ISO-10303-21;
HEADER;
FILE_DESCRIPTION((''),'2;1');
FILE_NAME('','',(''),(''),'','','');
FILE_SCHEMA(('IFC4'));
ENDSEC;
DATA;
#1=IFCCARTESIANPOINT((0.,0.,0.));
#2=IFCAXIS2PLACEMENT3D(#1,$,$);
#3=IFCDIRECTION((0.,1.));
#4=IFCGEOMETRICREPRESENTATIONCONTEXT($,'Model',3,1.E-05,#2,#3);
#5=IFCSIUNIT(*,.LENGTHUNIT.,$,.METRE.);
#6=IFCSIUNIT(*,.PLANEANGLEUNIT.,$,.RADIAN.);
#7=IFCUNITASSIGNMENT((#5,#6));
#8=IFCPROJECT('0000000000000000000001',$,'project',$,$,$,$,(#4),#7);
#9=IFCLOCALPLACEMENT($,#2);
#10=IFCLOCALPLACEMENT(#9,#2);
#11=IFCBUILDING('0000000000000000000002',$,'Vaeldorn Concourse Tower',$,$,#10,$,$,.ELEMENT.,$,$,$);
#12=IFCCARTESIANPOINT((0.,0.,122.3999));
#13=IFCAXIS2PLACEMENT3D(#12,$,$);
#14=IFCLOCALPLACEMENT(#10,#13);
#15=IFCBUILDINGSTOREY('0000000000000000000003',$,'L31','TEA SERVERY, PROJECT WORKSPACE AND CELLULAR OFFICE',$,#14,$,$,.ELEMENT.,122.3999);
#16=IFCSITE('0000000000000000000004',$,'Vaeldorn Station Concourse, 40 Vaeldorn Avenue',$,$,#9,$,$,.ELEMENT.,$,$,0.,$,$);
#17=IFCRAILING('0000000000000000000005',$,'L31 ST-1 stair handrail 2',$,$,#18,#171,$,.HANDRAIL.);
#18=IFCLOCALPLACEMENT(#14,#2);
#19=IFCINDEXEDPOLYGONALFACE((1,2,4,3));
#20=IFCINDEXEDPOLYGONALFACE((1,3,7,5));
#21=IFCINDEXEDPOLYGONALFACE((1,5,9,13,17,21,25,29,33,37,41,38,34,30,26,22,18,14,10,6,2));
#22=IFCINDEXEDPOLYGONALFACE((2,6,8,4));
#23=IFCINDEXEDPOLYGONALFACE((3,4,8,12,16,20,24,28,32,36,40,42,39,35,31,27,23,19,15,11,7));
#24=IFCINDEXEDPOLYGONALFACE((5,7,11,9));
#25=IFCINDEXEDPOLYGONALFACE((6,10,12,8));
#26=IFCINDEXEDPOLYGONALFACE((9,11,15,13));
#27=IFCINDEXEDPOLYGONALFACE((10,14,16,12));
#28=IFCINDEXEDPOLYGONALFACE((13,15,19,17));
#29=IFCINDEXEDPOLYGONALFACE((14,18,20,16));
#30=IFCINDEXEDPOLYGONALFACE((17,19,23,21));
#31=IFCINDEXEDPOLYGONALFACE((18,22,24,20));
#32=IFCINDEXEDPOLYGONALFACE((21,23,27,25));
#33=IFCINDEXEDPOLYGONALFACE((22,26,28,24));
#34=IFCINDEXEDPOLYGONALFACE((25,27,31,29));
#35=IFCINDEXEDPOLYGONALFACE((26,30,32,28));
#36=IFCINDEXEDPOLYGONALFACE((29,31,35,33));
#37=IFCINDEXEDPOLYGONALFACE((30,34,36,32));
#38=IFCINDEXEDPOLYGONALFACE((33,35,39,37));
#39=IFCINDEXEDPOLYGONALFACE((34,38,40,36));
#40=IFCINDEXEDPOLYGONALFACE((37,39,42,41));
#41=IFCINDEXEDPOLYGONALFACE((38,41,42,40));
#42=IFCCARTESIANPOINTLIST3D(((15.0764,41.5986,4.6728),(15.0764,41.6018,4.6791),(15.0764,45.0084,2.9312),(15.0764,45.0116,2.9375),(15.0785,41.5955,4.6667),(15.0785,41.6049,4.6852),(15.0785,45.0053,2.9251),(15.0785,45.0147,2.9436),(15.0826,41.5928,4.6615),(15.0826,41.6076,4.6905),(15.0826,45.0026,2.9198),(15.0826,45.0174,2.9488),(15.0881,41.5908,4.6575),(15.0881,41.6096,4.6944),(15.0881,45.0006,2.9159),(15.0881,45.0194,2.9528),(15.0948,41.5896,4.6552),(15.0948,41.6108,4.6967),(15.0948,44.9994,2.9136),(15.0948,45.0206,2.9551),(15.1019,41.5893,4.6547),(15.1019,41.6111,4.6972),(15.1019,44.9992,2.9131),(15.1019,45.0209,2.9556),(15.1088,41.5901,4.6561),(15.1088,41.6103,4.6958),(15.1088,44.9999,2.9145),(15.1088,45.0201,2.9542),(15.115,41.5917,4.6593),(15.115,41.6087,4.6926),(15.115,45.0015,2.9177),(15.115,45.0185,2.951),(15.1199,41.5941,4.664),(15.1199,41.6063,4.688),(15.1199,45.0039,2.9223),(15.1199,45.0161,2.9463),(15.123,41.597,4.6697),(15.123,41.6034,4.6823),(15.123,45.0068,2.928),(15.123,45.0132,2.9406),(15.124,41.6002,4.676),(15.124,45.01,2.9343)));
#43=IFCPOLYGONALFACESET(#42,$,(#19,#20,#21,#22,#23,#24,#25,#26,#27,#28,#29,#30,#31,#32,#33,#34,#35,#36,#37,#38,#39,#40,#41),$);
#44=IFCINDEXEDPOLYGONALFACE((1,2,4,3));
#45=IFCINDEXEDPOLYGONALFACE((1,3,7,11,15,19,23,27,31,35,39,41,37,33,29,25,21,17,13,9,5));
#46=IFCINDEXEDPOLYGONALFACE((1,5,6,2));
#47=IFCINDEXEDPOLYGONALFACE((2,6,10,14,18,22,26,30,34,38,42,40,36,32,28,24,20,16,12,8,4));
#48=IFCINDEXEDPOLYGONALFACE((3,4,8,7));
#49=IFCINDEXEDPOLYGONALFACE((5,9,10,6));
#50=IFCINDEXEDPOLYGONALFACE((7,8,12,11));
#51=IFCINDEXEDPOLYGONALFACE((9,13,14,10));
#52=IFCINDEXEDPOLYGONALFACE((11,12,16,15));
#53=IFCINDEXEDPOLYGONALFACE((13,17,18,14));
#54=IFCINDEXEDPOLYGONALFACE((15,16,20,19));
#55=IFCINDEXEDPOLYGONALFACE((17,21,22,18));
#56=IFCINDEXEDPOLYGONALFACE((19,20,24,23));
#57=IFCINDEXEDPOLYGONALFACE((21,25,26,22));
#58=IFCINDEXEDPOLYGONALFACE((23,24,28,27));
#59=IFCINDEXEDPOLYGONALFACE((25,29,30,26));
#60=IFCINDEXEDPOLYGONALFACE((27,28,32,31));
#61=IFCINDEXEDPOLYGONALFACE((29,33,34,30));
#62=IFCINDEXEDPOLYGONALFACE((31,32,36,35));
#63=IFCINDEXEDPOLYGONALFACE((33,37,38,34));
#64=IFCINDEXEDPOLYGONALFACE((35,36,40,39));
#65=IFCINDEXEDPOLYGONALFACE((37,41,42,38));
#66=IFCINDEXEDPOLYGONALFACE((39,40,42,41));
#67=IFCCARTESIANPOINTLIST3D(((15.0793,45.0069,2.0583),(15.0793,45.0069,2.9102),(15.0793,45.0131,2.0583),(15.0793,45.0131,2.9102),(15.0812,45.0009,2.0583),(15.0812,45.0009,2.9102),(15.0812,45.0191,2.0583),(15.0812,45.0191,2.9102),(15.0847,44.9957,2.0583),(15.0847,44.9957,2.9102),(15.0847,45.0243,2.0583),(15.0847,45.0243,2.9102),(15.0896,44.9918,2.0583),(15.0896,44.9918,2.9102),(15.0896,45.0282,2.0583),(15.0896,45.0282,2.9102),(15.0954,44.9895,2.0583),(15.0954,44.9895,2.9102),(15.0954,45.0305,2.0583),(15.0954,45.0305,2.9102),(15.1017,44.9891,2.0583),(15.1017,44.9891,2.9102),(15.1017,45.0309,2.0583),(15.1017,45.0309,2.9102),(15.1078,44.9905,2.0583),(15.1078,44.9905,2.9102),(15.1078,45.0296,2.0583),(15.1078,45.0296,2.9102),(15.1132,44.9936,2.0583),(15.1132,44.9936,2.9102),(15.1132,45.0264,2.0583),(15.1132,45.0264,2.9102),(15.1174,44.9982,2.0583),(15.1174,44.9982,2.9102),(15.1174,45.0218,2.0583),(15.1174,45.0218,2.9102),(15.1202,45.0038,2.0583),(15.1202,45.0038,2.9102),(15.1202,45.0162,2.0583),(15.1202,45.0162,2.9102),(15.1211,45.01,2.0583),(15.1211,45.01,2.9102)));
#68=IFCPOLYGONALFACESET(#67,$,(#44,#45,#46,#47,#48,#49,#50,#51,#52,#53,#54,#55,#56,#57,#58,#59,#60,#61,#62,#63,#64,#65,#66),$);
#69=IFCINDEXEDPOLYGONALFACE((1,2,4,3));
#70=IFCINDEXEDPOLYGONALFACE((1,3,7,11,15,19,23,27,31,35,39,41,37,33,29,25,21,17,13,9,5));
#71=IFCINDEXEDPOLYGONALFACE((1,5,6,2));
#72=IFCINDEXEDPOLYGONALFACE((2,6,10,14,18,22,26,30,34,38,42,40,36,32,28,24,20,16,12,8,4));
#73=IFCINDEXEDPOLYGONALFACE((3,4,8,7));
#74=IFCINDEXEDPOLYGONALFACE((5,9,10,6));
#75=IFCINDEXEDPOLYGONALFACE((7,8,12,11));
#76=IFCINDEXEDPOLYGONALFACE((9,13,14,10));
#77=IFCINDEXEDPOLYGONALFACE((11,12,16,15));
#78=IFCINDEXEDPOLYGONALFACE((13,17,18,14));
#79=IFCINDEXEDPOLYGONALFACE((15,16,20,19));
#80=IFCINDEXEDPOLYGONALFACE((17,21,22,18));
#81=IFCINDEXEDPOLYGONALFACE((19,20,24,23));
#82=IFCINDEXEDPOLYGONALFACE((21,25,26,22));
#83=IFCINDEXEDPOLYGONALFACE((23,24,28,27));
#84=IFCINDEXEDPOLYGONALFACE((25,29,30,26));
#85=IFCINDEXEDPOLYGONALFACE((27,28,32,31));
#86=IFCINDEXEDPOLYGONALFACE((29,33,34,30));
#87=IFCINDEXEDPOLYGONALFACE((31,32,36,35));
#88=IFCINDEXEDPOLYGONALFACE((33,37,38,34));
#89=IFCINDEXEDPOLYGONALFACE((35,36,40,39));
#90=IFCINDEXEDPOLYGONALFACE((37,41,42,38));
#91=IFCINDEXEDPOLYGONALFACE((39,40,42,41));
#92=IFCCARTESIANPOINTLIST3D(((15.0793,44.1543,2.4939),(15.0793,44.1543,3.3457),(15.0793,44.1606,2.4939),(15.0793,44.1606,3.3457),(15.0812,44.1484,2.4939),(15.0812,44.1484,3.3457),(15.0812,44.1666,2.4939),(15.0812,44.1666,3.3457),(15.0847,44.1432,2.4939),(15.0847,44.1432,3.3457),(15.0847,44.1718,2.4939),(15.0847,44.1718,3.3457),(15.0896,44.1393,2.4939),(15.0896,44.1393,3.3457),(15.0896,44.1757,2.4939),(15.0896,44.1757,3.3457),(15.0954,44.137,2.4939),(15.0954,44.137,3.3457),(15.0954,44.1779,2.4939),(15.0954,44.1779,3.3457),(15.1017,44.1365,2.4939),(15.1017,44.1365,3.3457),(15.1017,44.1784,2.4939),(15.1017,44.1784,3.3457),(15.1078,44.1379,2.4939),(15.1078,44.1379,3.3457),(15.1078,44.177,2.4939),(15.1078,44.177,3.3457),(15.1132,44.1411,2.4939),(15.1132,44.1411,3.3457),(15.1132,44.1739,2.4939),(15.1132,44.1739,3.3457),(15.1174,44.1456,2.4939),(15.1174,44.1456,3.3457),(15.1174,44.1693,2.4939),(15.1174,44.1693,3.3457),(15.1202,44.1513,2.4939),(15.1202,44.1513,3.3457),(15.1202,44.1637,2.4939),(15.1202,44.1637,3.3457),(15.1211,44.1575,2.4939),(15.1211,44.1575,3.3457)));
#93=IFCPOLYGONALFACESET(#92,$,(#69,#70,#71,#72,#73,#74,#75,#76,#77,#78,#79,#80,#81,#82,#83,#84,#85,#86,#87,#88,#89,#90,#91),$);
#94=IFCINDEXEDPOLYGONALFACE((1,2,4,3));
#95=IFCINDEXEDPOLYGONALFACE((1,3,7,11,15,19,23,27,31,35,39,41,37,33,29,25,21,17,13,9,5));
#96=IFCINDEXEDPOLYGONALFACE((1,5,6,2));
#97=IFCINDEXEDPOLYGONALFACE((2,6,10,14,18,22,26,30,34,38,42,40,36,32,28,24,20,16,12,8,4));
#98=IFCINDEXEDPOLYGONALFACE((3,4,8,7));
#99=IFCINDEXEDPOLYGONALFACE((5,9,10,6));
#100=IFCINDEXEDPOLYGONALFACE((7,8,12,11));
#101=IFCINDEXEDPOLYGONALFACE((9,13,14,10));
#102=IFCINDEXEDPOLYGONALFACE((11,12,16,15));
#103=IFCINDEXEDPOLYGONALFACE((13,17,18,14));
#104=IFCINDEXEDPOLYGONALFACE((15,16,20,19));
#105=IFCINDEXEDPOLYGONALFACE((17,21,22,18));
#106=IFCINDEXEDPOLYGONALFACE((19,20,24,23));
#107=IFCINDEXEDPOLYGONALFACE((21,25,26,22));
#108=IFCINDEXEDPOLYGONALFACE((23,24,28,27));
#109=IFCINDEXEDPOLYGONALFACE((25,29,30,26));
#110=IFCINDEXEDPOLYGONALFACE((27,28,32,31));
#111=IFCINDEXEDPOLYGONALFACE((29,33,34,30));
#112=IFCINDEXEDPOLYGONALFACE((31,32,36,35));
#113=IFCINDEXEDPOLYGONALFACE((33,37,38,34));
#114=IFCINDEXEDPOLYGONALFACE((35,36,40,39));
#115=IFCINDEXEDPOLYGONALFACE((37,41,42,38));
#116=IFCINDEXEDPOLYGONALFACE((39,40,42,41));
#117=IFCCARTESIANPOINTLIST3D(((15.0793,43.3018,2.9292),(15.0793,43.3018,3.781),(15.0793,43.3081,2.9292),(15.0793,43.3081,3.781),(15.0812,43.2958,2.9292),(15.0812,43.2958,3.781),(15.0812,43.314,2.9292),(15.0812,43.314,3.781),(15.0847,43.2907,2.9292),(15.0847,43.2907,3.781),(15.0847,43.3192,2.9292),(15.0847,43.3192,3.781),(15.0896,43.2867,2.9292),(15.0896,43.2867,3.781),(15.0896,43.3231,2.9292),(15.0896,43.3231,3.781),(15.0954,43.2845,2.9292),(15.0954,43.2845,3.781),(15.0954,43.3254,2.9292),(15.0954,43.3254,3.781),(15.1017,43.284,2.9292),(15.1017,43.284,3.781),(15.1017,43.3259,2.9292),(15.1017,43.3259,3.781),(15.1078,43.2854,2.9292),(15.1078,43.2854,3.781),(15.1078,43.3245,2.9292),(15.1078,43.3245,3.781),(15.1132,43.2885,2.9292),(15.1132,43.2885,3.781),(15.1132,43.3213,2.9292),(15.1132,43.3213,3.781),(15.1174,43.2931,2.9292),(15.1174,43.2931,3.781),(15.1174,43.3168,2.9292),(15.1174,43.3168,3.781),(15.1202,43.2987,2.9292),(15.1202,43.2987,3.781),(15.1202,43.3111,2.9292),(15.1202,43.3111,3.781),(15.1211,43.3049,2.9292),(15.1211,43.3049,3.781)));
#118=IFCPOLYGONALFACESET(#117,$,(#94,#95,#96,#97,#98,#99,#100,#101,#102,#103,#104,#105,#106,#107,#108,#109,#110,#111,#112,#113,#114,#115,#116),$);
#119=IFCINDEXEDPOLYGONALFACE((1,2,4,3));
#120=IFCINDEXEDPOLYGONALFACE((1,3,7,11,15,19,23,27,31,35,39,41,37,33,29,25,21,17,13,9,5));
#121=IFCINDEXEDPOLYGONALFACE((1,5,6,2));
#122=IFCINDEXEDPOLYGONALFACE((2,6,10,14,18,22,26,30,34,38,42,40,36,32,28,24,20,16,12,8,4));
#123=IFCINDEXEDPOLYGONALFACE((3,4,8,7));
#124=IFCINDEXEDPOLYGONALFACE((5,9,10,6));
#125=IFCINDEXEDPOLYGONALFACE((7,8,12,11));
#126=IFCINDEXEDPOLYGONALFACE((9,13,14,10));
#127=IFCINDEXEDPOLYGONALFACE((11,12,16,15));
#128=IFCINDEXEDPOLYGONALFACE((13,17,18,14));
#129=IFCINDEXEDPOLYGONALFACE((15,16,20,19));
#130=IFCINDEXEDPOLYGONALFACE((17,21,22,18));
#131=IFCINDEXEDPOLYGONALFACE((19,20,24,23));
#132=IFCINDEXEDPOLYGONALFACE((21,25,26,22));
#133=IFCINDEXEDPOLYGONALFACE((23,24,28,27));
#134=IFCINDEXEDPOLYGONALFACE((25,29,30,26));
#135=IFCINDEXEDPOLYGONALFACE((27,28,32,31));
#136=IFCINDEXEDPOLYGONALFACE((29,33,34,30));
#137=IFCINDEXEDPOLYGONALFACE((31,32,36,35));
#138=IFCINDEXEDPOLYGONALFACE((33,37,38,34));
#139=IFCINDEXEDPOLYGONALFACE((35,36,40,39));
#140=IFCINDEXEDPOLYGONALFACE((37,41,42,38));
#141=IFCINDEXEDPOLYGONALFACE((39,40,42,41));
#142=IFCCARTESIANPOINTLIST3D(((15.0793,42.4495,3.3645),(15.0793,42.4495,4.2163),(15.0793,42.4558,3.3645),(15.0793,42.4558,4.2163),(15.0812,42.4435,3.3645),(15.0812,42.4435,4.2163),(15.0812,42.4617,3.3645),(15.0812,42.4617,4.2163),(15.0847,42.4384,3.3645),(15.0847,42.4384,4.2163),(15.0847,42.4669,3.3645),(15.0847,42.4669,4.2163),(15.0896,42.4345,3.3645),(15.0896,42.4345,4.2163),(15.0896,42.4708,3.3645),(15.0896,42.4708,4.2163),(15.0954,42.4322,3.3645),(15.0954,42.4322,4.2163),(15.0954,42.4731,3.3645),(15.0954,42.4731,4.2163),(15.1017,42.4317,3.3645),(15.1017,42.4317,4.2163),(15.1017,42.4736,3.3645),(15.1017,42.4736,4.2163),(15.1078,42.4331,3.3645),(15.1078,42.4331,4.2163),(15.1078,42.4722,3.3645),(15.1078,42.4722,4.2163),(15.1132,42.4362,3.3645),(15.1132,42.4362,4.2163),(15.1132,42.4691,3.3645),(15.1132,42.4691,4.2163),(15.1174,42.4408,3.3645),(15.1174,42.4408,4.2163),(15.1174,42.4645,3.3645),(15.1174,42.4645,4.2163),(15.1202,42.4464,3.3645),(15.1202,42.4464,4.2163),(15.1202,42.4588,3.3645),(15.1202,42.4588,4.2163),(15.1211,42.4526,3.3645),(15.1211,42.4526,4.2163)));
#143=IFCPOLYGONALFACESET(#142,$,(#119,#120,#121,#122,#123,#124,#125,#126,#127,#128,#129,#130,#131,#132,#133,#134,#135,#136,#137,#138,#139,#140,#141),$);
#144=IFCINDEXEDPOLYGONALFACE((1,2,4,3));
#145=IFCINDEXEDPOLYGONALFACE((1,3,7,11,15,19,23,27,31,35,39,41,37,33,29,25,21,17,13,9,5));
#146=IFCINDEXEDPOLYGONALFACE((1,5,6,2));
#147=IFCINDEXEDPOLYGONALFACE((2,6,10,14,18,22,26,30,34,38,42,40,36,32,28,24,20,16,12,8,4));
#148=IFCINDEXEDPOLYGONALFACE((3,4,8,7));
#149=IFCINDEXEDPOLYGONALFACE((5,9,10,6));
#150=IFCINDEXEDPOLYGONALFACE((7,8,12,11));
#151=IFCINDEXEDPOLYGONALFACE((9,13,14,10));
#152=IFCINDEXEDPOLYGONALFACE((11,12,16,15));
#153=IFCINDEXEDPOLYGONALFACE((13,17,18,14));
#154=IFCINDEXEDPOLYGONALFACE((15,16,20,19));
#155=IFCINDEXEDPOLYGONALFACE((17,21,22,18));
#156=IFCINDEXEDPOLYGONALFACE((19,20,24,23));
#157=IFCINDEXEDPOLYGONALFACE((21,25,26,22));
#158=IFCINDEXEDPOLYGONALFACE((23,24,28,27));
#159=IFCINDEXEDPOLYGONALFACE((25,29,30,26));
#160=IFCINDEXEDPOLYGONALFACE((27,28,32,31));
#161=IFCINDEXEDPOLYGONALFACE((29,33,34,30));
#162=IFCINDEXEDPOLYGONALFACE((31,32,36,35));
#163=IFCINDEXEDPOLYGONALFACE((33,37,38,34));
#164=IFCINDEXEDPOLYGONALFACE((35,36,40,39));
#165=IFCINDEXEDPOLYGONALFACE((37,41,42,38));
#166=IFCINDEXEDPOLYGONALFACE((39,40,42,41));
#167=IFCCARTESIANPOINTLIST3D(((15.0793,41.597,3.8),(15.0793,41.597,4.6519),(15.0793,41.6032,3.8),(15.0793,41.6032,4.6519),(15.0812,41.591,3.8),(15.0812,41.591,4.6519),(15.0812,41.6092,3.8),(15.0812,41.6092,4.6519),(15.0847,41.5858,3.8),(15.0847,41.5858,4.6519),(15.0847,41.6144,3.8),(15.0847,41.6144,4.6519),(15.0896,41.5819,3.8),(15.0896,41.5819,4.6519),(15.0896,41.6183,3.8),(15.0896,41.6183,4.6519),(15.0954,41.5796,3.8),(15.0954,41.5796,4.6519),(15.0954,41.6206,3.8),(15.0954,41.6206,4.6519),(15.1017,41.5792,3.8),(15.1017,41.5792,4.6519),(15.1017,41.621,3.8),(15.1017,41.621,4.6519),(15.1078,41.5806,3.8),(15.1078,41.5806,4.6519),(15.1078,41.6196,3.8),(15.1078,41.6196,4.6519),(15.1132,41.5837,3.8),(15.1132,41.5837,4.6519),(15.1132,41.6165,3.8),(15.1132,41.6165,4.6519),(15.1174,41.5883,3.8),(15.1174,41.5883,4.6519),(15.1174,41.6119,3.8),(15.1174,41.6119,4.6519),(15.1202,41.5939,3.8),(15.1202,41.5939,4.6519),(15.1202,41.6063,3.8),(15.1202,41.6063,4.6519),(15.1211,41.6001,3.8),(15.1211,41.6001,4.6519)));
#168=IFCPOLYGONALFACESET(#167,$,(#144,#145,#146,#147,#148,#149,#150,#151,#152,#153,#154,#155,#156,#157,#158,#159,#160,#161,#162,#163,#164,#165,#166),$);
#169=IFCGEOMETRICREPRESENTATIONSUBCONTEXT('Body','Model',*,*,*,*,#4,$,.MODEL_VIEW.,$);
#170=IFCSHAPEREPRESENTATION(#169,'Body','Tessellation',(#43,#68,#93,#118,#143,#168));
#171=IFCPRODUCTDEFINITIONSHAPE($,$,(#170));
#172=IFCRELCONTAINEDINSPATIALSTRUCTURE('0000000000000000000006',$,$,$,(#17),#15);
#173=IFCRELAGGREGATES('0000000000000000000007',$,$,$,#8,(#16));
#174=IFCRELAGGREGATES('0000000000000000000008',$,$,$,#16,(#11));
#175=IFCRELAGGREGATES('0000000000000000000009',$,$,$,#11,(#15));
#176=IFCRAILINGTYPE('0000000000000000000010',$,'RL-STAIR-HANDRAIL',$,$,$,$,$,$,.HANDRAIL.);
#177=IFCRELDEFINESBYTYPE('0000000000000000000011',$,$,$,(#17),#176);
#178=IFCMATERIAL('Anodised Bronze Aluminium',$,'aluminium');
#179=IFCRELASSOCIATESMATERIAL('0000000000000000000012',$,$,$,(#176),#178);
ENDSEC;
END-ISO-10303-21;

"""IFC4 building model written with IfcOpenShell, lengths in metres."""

from ifc_helpers import new_model, si_unit, direction, frame, origin, origin_2d, place, context, subcontext, project, spatial, circle, extrude, material, type_object, element, save


model = new_model("IFC4")

# Units and contexts
model_context = context("Model", 3, precision=1e-05, world=origin(), true_north=direction((0.0, 1.0)))
body_context = subcontext(model_context, "Body", "Model", "MODEL_VIEW")
ifc_project = project(units=[si_unit("LENGTHUNIT", "METRE"), si_unit("PLANEANGLEUNIT", "RADIAN")], contexts=[model_context])

# Site, building, storey
site_placement = place(None, origin())
site = spatial("IfcSite", under=ifc_project, at=site_placement, Name="Vaeldorn Station Concourse, 40 Vaeldorn Avenue", CompositionType="ELEMENT", RefElevation=0.0)
building_placement = place(site_placement, origin())
building = spatial("IfcBuilding", under=site, at=building_placement, Name="Vaeldorn Concourse Tower", CompositionType="ELEMENT")
storey_placement = place(building_placement, frame((0.0, 0.0, 122.3999)))
storey = spatial("IfcBuildingStorey", under=building, at=storey_placement, Name="L31", Description="TEA SERVERY, PROJECT WORKSPACE AND CELLULAR OFFICE", CompositionType="ELEMENT", Elevation=122.3999)

# Shared definitions
ifc_material_1 = material(Name="Anodised Bronze Aluminium", Category="aluminium")

# Railing
railing_type_1 = type_object("IfcRailingType", Name="RL-STAIR-HANDRAIL", PredefinedType="HANDRAIL", material=ifc_material_1)
railing_1_placement = place(storey_placement, frame((15.1001, 45.01, 2.0583)))
element("IfcRailing", 1, at=railing_1_placement, inside=storey, type_object=railing_type_1, Name="L31 ST-1 stair handrail 2", PredefinedType="HANDRAIL", context=body_context, shape_type="SweptSolid", body=[
    extrude(circle(Radius=0.0239, at=origin_2d()), frame((0.0, 0.0, 0.876), z_axis=(0.0, -0.890556, 0.454874), x_axis=(1.0, 0.0, 0.0)), (0.0, 0.0, 1.0), 3.8289),
    extrude(circle(Radius=0.021, at=origin_2d()), origin(), (0.0, 0.0, 1.0), 0.8518),
    extrude(circle(Radius=0.021, at=origin_2d()), frame((0.0, -0.8525, 0.4355)), (0.0, 0.0, 1.0), 0.8518),
    extrude(circle(Radius=0.021, at=origin_2d()), frame((0.0, -1.7051, 0.8708)), (0.0, 0.0, 1.0), 0.8518),
    extrude(circle(Radius=0.021, at=origin_2d()), frame((0.0, -2.5574, 1.3062)), (0.0, 0.0, 1.0), 0.8518),
    extrude(circle(Radius=0.021, at=origin_2d()), frame((0.0, -3.4099, 1.7417)), (0.0, 0.0, 1.0), 0.8518),
])

save(model, "model.ifc")
